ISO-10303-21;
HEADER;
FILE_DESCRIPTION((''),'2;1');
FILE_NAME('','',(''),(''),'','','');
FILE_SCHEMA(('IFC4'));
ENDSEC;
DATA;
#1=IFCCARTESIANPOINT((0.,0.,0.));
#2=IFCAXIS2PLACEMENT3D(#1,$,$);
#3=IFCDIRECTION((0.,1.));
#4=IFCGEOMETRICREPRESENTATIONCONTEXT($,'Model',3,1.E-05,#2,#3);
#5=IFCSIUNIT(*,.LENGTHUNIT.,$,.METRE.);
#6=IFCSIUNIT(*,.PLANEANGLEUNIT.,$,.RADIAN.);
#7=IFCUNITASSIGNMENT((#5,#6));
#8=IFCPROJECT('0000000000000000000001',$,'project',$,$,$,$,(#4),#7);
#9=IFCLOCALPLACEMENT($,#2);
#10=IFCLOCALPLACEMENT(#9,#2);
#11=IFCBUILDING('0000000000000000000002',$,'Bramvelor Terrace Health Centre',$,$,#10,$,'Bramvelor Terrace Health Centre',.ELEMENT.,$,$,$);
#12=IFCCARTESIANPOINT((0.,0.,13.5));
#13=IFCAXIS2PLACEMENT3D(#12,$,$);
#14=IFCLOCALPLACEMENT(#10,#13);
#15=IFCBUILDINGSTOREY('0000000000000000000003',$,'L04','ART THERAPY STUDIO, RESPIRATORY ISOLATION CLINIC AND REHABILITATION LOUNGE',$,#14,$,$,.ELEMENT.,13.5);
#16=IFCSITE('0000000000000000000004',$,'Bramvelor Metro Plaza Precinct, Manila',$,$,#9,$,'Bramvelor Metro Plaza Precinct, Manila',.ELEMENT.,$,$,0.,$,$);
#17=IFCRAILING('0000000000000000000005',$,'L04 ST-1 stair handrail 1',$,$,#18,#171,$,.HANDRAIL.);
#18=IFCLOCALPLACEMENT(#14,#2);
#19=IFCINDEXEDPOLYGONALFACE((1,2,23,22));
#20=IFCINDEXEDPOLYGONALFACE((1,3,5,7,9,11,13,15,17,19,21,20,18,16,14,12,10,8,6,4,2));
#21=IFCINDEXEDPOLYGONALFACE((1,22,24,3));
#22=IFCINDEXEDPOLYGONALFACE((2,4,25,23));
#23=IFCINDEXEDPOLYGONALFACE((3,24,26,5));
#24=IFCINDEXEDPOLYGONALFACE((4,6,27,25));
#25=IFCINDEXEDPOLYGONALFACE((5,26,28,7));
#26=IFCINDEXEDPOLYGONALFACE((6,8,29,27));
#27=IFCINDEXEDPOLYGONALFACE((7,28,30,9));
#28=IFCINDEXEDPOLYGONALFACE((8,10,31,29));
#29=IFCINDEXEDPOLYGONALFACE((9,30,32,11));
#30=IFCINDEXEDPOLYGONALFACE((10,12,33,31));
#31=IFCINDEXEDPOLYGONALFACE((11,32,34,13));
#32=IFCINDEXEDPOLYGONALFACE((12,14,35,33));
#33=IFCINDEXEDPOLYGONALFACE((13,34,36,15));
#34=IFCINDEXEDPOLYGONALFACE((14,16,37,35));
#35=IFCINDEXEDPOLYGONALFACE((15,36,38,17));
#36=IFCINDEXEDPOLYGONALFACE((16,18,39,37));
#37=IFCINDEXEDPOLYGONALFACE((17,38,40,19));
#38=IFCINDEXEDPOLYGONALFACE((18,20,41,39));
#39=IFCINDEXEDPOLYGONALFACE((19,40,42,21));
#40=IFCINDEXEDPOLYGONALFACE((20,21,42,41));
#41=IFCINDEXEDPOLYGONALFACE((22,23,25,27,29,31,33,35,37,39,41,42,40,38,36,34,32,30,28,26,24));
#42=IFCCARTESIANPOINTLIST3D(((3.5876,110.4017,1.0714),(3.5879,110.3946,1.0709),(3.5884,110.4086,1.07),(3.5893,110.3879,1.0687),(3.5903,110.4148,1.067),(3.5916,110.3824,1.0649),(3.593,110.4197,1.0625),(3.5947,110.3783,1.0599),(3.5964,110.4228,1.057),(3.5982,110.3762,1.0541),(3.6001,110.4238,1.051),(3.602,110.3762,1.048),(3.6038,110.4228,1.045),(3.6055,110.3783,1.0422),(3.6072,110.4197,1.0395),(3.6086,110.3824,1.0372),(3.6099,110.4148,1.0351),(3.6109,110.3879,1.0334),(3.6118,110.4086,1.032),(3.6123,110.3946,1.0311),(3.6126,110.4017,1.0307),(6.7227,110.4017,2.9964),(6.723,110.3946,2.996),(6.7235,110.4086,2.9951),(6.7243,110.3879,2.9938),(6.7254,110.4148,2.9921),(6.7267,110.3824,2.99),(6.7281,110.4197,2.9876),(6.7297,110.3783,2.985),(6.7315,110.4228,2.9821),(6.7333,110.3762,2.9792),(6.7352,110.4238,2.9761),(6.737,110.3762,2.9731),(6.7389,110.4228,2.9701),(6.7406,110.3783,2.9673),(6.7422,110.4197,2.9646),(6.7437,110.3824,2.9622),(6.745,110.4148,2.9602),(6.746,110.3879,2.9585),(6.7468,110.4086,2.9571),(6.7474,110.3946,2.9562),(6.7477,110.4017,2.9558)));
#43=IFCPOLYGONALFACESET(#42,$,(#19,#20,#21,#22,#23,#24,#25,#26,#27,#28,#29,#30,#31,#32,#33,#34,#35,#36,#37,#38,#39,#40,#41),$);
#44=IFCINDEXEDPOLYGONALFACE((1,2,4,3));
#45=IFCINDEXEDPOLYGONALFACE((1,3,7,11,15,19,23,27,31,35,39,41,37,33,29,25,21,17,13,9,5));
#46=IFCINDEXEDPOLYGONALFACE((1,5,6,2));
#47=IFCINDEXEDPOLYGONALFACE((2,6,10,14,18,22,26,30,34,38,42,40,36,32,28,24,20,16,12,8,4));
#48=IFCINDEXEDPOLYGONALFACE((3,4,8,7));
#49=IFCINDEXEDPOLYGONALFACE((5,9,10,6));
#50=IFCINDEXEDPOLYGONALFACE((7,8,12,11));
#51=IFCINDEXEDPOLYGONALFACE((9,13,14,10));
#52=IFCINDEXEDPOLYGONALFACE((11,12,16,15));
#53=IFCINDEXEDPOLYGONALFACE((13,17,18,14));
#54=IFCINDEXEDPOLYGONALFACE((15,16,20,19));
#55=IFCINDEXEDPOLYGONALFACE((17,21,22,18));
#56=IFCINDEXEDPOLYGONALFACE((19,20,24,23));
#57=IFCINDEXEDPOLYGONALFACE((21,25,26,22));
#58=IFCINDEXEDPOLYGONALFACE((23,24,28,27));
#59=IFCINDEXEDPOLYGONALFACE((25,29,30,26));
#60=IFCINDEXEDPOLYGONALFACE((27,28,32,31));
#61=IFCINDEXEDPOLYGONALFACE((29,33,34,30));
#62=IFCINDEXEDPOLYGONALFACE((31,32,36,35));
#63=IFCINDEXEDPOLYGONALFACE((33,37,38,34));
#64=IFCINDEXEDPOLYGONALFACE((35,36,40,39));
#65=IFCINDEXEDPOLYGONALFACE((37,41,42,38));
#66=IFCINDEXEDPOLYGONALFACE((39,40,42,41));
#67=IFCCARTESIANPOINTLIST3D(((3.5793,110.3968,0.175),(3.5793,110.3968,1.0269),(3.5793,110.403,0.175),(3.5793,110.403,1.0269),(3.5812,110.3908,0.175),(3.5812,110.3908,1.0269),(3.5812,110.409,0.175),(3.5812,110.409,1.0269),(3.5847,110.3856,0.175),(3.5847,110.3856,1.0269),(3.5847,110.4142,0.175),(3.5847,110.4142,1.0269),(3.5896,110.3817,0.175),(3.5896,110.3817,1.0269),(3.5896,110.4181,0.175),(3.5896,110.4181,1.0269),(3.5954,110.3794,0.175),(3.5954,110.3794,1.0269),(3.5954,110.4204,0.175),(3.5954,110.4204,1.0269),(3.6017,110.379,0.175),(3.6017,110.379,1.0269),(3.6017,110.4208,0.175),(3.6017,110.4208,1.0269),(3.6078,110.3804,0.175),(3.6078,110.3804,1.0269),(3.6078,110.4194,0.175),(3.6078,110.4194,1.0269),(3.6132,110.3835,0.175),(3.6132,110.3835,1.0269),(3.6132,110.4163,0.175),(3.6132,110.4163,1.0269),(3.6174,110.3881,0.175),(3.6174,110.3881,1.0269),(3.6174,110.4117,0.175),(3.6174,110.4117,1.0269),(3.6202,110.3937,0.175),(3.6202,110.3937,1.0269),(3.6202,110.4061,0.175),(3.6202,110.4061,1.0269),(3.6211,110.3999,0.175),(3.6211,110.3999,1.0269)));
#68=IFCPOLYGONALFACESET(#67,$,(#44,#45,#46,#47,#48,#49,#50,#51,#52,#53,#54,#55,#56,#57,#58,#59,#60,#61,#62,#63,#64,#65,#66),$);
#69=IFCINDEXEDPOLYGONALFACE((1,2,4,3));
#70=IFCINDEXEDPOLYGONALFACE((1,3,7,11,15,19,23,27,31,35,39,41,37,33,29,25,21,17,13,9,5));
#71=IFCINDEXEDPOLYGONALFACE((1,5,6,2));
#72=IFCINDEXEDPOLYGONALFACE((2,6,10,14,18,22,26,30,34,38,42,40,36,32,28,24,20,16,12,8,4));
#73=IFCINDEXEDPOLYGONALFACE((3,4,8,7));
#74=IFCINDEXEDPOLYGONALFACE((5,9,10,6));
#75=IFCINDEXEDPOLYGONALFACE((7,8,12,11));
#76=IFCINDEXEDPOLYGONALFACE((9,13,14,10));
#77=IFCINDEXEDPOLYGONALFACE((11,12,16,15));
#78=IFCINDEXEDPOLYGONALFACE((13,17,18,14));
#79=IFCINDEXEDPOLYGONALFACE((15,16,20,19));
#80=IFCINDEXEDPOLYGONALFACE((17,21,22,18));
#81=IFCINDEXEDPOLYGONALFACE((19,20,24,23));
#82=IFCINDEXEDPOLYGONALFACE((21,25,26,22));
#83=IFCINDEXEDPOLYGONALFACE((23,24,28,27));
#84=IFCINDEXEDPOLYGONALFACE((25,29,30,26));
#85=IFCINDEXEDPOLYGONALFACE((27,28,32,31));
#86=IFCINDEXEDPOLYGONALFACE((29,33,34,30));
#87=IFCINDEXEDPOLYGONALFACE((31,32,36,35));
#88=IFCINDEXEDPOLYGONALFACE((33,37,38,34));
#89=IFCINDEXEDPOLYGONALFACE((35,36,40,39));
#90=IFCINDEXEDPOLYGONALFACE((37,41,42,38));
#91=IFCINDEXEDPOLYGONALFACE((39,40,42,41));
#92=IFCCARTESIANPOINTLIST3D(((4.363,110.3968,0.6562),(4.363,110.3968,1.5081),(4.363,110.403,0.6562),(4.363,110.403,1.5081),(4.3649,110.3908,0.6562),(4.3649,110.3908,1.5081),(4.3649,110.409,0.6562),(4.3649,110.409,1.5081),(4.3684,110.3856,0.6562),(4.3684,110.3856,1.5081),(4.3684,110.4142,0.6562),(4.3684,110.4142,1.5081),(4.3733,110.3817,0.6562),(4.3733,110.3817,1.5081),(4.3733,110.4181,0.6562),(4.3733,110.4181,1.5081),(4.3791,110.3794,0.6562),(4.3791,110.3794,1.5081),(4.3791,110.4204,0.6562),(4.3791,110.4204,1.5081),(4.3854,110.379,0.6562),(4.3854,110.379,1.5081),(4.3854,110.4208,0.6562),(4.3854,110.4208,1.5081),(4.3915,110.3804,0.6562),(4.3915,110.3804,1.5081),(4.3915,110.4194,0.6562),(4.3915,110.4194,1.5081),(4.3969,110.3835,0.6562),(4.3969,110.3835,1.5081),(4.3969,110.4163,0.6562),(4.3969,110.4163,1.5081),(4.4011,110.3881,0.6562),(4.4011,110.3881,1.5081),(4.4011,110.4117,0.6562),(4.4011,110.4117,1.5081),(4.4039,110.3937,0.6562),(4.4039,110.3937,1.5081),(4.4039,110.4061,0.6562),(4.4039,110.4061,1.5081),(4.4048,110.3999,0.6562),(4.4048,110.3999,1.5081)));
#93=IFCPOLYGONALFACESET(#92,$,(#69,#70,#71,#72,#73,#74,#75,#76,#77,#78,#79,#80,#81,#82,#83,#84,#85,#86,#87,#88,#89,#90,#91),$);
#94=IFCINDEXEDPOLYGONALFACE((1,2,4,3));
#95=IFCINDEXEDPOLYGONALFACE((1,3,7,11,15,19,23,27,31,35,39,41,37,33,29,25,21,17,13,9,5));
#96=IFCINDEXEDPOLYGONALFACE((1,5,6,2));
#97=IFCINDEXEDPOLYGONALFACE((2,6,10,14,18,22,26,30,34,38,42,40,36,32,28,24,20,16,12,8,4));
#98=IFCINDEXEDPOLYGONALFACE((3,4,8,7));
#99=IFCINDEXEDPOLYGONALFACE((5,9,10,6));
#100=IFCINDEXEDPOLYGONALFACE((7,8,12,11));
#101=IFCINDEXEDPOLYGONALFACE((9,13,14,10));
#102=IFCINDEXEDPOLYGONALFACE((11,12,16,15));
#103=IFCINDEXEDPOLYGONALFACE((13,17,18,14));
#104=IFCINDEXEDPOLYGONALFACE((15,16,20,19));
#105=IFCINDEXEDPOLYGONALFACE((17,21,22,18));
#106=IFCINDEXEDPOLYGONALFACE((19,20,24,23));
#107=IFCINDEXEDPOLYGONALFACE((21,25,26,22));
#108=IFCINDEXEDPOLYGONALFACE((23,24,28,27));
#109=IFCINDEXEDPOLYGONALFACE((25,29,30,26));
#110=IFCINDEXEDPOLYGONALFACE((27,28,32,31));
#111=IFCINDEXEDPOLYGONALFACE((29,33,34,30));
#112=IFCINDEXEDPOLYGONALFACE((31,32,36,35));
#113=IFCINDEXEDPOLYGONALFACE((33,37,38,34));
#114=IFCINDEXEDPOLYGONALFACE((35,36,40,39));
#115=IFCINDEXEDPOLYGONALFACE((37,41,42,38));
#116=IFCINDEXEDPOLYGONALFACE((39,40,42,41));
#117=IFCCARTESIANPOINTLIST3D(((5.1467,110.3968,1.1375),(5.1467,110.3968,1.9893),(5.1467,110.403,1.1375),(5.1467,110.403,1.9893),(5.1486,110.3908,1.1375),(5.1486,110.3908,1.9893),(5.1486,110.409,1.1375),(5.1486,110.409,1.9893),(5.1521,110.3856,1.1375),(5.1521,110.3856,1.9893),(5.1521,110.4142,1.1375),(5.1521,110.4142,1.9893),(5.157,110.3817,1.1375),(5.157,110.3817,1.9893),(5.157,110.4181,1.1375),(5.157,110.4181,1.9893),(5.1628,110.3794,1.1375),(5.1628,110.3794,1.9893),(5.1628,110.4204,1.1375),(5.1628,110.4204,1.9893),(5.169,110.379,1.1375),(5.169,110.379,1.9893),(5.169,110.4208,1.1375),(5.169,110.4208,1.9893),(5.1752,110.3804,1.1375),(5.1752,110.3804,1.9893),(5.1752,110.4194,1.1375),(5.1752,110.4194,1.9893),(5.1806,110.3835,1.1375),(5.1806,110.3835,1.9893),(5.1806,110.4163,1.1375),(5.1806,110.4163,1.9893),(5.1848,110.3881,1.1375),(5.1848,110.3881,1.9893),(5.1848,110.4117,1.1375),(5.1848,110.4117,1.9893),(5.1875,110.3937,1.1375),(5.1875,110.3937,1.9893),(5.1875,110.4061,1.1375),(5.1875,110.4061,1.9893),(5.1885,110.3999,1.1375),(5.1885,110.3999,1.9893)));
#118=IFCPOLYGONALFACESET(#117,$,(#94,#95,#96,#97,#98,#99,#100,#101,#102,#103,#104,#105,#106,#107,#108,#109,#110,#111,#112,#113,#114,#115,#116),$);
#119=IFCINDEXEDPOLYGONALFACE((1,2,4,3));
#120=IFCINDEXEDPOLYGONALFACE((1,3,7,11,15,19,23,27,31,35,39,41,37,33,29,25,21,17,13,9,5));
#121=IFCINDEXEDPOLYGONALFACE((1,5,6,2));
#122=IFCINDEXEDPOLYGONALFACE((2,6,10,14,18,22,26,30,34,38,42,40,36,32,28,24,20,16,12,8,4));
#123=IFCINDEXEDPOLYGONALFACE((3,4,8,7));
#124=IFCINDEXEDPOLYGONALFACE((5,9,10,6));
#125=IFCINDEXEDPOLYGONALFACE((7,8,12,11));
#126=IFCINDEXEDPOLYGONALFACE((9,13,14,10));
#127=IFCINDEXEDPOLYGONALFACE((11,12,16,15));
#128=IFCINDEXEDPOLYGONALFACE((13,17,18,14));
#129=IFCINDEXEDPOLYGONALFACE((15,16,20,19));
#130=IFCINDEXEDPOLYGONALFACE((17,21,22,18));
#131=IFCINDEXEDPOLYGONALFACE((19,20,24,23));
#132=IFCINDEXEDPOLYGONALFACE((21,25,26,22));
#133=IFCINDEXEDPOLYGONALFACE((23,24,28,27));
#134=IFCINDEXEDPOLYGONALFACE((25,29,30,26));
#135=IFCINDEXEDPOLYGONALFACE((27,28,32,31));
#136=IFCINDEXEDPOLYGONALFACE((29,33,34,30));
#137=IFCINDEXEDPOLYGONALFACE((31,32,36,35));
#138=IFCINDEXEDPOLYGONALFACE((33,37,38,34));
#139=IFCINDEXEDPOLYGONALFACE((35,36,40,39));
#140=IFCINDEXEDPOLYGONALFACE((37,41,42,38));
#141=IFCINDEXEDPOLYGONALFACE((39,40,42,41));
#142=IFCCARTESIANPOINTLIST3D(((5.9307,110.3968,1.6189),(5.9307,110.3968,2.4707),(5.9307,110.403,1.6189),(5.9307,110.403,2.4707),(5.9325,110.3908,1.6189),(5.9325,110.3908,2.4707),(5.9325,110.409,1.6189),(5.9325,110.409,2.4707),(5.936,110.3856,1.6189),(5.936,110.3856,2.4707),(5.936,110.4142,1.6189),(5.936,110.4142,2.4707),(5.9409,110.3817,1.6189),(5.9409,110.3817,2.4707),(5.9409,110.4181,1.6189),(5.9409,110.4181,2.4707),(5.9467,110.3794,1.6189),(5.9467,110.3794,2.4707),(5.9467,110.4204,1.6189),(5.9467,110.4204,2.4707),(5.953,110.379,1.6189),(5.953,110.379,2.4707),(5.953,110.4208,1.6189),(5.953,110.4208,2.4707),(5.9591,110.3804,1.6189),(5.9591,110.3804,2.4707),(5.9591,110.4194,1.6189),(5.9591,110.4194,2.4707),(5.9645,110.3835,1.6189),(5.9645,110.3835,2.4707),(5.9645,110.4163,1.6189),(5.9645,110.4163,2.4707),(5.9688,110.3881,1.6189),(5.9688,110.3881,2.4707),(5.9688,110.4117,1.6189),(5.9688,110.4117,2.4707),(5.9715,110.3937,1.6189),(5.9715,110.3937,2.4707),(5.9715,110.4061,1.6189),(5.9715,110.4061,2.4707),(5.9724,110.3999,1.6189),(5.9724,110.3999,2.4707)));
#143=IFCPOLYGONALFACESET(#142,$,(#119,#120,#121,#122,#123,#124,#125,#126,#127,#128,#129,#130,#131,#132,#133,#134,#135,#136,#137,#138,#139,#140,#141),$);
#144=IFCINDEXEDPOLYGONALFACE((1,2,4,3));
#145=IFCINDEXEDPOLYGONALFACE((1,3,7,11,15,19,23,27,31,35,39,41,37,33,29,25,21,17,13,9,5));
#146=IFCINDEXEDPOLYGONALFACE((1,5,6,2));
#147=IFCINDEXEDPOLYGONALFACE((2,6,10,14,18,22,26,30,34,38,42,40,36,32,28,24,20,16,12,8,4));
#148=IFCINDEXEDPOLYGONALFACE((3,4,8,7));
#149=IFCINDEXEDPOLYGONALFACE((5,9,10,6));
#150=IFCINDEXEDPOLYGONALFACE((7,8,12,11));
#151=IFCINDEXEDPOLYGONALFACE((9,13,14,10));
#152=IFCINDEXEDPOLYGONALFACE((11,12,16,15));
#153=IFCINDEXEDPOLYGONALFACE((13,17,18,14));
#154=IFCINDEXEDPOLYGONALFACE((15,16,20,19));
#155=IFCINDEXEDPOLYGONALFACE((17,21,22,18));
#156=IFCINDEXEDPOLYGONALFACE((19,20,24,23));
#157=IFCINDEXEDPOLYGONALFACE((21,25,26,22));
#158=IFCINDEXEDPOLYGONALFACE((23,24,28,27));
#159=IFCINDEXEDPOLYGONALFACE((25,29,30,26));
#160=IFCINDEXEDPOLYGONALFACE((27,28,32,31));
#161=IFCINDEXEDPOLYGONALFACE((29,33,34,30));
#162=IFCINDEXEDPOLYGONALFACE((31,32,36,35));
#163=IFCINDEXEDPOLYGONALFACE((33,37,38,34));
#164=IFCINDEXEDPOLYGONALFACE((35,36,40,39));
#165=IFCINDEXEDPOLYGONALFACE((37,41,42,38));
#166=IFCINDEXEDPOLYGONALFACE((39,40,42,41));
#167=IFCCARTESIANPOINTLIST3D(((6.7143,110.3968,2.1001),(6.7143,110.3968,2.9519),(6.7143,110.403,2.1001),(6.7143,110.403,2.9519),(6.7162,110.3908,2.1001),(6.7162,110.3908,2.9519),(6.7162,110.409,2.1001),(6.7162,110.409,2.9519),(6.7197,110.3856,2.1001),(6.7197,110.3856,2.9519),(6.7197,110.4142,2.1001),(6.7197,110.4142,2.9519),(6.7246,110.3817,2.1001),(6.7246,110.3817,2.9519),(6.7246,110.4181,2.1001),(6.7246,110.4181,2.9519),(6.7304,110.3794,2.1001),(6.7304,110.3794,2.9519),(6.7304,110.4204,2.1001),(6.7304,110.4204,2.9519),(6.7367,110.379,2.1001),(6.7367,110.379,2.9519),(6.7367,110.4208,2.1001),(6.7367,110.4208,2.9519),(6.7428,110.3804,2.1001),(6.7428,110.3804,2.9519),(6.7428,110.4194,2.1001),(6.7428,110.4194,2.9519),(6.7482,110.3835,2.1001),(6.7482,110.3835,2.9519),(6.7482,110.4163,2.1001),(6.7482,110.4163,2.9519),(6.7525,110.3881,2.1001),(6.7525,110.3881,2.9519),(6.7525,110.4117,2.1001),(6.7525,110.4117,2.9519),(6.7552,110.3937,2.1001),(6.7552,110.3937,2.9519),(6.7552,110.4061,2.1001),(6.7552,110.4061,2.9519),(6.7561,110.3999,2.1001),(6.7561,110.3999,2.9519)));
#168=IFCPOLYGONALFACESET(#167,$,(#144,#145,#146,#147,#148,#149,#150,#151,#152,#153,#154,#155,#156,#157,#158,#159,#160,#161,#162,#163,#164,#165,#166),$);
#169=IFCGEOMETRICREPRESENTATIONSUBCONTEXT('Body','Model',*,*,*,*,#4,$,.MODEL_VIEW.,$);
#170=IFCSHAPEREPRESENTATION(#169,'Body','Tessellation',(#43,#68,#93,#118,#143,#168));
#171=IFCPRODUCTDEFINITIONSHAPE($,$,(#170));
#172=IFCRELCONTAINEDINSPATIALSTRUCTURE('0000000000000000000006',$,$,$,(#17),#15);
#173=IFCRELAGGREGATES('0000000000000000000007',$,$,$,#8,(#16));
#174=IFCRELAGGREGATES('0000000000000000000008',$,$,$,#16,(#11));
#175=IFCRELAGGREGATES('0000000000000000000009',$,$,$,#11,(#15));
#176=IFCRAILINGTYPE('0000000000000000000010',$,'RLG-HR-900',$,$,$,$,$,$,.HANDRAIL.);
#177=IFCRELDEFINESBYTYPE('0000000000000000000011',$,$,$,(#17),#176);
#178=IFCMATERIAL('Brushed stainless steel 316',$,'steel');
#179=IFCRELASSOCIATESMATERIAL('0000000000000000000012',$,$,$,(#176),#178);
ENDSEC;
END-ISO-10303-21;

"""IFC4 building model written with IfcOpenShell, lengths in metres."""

from ifc_helpers import new_model, si_unit, direction, frame, origin, origin_2d, place, context, subcontext, project, spatial, circle, extrude, material, type_object, element, save


model = new_model("IFC4")

# Units and contexts
model_context = context("Model", 3, precision=1e-05, world=origin(), true_north=direction((0.0, 1.0)))
body_context = subcontext(model_context, "Body", "Model", "MODEL_VIEW")
ifc_project = project(units=[si_unit("LENGTHUNIT", "METRE"), si_unit("PLANEANGLEUNIT", "RADIAN")], contexts=[model_context])

# Site, building, storey
site_placement = place(None, origin())
site = spatial("IfcSite", under=ifc_project, at=site_placement, Name="Bramvelor Metro Plaza Precinct, Manila", LongName="Bramvelor Metro Plaza Precinct, Manila", CompositionType="ELEMENT", RefElevation=0.0)
building_placement = place(site_placement, origin())
building = spatial("IfcBuilding", under=site, at=building_placement, Name="Bramvelor Terrace Health Centre", LongName="Bramvelor Terrace Health Centre", CompositionType="ELEMENT")
storey_placement = place(building_placement, frame((0.0, 0.0, 13.5)))
storey = spatial("IfcBuildingStorey", under=building, at=storey_placement, Name="L04", Description="ART THERAPY STUDIO, RESPIRATORY ISOLATION CLINIC AND REHABILITATION LOUNGE", CompositionType="ELEMENT", Elevation=13.5)

# Railing
ifc_material_1 = material(Name="Brushed stainless steel 316", Category="steel")
railing_type_1 = type_object("IfcRailingType", Name="RLG-HR-900", PredefinedType="HANDRAIL", material=ifc_material_1)
railing_1_placement = place(storey_placement, frame((3.6001, 110.3999, 0.175)))
element("IfcRailing", 1, at=railing_1_placement, inside=storey, type_object=railing_type_1, Name="L04 ST-1 stair handrail 1", PredefinedType="HANDRAIL", context=body_context, shape_type="SweptSolid", body=[
    extrude(circle(Radius=0.0239, at=origin_2d()), frame((0.0, 0.0, 0.876), z_axis=(0.852166, 0.0, 0.523271), x_axis=(0.0, 1.0, 0.0)), (0.0, 0.0, 1.0), 3.679),
    extrude(circle(Radius=0.021, at=origin_2d()), origin(), (0.0, 0.0, 1.0), 0.8518),
    extrude(circle(Radius=0.021, at=origin_2d()), frame((0.7837, 0.0, 0.4812)), (0.0, 0.0, 1.0), 0.8518),
    extrude(circle(Radius=0.021, at=origin_2d()), frame((1.5674, 0.0, 0.9624)), (0.0, 0.0, 1.0), 0.8518),
    extrude(circle(Radius=0.021, at=origin_2d()), frame((2.3513, 0.0, 1.4438)), (0.0, 0.0, 1.0), 0.8518),
    extrude(circle(Radius=0.021, at=origin_2d()), frame((3.135, 0.0, 1.925)), (0.0, 0.0, 1.0), 0.8518),
])

save(model, "model.ifc")
